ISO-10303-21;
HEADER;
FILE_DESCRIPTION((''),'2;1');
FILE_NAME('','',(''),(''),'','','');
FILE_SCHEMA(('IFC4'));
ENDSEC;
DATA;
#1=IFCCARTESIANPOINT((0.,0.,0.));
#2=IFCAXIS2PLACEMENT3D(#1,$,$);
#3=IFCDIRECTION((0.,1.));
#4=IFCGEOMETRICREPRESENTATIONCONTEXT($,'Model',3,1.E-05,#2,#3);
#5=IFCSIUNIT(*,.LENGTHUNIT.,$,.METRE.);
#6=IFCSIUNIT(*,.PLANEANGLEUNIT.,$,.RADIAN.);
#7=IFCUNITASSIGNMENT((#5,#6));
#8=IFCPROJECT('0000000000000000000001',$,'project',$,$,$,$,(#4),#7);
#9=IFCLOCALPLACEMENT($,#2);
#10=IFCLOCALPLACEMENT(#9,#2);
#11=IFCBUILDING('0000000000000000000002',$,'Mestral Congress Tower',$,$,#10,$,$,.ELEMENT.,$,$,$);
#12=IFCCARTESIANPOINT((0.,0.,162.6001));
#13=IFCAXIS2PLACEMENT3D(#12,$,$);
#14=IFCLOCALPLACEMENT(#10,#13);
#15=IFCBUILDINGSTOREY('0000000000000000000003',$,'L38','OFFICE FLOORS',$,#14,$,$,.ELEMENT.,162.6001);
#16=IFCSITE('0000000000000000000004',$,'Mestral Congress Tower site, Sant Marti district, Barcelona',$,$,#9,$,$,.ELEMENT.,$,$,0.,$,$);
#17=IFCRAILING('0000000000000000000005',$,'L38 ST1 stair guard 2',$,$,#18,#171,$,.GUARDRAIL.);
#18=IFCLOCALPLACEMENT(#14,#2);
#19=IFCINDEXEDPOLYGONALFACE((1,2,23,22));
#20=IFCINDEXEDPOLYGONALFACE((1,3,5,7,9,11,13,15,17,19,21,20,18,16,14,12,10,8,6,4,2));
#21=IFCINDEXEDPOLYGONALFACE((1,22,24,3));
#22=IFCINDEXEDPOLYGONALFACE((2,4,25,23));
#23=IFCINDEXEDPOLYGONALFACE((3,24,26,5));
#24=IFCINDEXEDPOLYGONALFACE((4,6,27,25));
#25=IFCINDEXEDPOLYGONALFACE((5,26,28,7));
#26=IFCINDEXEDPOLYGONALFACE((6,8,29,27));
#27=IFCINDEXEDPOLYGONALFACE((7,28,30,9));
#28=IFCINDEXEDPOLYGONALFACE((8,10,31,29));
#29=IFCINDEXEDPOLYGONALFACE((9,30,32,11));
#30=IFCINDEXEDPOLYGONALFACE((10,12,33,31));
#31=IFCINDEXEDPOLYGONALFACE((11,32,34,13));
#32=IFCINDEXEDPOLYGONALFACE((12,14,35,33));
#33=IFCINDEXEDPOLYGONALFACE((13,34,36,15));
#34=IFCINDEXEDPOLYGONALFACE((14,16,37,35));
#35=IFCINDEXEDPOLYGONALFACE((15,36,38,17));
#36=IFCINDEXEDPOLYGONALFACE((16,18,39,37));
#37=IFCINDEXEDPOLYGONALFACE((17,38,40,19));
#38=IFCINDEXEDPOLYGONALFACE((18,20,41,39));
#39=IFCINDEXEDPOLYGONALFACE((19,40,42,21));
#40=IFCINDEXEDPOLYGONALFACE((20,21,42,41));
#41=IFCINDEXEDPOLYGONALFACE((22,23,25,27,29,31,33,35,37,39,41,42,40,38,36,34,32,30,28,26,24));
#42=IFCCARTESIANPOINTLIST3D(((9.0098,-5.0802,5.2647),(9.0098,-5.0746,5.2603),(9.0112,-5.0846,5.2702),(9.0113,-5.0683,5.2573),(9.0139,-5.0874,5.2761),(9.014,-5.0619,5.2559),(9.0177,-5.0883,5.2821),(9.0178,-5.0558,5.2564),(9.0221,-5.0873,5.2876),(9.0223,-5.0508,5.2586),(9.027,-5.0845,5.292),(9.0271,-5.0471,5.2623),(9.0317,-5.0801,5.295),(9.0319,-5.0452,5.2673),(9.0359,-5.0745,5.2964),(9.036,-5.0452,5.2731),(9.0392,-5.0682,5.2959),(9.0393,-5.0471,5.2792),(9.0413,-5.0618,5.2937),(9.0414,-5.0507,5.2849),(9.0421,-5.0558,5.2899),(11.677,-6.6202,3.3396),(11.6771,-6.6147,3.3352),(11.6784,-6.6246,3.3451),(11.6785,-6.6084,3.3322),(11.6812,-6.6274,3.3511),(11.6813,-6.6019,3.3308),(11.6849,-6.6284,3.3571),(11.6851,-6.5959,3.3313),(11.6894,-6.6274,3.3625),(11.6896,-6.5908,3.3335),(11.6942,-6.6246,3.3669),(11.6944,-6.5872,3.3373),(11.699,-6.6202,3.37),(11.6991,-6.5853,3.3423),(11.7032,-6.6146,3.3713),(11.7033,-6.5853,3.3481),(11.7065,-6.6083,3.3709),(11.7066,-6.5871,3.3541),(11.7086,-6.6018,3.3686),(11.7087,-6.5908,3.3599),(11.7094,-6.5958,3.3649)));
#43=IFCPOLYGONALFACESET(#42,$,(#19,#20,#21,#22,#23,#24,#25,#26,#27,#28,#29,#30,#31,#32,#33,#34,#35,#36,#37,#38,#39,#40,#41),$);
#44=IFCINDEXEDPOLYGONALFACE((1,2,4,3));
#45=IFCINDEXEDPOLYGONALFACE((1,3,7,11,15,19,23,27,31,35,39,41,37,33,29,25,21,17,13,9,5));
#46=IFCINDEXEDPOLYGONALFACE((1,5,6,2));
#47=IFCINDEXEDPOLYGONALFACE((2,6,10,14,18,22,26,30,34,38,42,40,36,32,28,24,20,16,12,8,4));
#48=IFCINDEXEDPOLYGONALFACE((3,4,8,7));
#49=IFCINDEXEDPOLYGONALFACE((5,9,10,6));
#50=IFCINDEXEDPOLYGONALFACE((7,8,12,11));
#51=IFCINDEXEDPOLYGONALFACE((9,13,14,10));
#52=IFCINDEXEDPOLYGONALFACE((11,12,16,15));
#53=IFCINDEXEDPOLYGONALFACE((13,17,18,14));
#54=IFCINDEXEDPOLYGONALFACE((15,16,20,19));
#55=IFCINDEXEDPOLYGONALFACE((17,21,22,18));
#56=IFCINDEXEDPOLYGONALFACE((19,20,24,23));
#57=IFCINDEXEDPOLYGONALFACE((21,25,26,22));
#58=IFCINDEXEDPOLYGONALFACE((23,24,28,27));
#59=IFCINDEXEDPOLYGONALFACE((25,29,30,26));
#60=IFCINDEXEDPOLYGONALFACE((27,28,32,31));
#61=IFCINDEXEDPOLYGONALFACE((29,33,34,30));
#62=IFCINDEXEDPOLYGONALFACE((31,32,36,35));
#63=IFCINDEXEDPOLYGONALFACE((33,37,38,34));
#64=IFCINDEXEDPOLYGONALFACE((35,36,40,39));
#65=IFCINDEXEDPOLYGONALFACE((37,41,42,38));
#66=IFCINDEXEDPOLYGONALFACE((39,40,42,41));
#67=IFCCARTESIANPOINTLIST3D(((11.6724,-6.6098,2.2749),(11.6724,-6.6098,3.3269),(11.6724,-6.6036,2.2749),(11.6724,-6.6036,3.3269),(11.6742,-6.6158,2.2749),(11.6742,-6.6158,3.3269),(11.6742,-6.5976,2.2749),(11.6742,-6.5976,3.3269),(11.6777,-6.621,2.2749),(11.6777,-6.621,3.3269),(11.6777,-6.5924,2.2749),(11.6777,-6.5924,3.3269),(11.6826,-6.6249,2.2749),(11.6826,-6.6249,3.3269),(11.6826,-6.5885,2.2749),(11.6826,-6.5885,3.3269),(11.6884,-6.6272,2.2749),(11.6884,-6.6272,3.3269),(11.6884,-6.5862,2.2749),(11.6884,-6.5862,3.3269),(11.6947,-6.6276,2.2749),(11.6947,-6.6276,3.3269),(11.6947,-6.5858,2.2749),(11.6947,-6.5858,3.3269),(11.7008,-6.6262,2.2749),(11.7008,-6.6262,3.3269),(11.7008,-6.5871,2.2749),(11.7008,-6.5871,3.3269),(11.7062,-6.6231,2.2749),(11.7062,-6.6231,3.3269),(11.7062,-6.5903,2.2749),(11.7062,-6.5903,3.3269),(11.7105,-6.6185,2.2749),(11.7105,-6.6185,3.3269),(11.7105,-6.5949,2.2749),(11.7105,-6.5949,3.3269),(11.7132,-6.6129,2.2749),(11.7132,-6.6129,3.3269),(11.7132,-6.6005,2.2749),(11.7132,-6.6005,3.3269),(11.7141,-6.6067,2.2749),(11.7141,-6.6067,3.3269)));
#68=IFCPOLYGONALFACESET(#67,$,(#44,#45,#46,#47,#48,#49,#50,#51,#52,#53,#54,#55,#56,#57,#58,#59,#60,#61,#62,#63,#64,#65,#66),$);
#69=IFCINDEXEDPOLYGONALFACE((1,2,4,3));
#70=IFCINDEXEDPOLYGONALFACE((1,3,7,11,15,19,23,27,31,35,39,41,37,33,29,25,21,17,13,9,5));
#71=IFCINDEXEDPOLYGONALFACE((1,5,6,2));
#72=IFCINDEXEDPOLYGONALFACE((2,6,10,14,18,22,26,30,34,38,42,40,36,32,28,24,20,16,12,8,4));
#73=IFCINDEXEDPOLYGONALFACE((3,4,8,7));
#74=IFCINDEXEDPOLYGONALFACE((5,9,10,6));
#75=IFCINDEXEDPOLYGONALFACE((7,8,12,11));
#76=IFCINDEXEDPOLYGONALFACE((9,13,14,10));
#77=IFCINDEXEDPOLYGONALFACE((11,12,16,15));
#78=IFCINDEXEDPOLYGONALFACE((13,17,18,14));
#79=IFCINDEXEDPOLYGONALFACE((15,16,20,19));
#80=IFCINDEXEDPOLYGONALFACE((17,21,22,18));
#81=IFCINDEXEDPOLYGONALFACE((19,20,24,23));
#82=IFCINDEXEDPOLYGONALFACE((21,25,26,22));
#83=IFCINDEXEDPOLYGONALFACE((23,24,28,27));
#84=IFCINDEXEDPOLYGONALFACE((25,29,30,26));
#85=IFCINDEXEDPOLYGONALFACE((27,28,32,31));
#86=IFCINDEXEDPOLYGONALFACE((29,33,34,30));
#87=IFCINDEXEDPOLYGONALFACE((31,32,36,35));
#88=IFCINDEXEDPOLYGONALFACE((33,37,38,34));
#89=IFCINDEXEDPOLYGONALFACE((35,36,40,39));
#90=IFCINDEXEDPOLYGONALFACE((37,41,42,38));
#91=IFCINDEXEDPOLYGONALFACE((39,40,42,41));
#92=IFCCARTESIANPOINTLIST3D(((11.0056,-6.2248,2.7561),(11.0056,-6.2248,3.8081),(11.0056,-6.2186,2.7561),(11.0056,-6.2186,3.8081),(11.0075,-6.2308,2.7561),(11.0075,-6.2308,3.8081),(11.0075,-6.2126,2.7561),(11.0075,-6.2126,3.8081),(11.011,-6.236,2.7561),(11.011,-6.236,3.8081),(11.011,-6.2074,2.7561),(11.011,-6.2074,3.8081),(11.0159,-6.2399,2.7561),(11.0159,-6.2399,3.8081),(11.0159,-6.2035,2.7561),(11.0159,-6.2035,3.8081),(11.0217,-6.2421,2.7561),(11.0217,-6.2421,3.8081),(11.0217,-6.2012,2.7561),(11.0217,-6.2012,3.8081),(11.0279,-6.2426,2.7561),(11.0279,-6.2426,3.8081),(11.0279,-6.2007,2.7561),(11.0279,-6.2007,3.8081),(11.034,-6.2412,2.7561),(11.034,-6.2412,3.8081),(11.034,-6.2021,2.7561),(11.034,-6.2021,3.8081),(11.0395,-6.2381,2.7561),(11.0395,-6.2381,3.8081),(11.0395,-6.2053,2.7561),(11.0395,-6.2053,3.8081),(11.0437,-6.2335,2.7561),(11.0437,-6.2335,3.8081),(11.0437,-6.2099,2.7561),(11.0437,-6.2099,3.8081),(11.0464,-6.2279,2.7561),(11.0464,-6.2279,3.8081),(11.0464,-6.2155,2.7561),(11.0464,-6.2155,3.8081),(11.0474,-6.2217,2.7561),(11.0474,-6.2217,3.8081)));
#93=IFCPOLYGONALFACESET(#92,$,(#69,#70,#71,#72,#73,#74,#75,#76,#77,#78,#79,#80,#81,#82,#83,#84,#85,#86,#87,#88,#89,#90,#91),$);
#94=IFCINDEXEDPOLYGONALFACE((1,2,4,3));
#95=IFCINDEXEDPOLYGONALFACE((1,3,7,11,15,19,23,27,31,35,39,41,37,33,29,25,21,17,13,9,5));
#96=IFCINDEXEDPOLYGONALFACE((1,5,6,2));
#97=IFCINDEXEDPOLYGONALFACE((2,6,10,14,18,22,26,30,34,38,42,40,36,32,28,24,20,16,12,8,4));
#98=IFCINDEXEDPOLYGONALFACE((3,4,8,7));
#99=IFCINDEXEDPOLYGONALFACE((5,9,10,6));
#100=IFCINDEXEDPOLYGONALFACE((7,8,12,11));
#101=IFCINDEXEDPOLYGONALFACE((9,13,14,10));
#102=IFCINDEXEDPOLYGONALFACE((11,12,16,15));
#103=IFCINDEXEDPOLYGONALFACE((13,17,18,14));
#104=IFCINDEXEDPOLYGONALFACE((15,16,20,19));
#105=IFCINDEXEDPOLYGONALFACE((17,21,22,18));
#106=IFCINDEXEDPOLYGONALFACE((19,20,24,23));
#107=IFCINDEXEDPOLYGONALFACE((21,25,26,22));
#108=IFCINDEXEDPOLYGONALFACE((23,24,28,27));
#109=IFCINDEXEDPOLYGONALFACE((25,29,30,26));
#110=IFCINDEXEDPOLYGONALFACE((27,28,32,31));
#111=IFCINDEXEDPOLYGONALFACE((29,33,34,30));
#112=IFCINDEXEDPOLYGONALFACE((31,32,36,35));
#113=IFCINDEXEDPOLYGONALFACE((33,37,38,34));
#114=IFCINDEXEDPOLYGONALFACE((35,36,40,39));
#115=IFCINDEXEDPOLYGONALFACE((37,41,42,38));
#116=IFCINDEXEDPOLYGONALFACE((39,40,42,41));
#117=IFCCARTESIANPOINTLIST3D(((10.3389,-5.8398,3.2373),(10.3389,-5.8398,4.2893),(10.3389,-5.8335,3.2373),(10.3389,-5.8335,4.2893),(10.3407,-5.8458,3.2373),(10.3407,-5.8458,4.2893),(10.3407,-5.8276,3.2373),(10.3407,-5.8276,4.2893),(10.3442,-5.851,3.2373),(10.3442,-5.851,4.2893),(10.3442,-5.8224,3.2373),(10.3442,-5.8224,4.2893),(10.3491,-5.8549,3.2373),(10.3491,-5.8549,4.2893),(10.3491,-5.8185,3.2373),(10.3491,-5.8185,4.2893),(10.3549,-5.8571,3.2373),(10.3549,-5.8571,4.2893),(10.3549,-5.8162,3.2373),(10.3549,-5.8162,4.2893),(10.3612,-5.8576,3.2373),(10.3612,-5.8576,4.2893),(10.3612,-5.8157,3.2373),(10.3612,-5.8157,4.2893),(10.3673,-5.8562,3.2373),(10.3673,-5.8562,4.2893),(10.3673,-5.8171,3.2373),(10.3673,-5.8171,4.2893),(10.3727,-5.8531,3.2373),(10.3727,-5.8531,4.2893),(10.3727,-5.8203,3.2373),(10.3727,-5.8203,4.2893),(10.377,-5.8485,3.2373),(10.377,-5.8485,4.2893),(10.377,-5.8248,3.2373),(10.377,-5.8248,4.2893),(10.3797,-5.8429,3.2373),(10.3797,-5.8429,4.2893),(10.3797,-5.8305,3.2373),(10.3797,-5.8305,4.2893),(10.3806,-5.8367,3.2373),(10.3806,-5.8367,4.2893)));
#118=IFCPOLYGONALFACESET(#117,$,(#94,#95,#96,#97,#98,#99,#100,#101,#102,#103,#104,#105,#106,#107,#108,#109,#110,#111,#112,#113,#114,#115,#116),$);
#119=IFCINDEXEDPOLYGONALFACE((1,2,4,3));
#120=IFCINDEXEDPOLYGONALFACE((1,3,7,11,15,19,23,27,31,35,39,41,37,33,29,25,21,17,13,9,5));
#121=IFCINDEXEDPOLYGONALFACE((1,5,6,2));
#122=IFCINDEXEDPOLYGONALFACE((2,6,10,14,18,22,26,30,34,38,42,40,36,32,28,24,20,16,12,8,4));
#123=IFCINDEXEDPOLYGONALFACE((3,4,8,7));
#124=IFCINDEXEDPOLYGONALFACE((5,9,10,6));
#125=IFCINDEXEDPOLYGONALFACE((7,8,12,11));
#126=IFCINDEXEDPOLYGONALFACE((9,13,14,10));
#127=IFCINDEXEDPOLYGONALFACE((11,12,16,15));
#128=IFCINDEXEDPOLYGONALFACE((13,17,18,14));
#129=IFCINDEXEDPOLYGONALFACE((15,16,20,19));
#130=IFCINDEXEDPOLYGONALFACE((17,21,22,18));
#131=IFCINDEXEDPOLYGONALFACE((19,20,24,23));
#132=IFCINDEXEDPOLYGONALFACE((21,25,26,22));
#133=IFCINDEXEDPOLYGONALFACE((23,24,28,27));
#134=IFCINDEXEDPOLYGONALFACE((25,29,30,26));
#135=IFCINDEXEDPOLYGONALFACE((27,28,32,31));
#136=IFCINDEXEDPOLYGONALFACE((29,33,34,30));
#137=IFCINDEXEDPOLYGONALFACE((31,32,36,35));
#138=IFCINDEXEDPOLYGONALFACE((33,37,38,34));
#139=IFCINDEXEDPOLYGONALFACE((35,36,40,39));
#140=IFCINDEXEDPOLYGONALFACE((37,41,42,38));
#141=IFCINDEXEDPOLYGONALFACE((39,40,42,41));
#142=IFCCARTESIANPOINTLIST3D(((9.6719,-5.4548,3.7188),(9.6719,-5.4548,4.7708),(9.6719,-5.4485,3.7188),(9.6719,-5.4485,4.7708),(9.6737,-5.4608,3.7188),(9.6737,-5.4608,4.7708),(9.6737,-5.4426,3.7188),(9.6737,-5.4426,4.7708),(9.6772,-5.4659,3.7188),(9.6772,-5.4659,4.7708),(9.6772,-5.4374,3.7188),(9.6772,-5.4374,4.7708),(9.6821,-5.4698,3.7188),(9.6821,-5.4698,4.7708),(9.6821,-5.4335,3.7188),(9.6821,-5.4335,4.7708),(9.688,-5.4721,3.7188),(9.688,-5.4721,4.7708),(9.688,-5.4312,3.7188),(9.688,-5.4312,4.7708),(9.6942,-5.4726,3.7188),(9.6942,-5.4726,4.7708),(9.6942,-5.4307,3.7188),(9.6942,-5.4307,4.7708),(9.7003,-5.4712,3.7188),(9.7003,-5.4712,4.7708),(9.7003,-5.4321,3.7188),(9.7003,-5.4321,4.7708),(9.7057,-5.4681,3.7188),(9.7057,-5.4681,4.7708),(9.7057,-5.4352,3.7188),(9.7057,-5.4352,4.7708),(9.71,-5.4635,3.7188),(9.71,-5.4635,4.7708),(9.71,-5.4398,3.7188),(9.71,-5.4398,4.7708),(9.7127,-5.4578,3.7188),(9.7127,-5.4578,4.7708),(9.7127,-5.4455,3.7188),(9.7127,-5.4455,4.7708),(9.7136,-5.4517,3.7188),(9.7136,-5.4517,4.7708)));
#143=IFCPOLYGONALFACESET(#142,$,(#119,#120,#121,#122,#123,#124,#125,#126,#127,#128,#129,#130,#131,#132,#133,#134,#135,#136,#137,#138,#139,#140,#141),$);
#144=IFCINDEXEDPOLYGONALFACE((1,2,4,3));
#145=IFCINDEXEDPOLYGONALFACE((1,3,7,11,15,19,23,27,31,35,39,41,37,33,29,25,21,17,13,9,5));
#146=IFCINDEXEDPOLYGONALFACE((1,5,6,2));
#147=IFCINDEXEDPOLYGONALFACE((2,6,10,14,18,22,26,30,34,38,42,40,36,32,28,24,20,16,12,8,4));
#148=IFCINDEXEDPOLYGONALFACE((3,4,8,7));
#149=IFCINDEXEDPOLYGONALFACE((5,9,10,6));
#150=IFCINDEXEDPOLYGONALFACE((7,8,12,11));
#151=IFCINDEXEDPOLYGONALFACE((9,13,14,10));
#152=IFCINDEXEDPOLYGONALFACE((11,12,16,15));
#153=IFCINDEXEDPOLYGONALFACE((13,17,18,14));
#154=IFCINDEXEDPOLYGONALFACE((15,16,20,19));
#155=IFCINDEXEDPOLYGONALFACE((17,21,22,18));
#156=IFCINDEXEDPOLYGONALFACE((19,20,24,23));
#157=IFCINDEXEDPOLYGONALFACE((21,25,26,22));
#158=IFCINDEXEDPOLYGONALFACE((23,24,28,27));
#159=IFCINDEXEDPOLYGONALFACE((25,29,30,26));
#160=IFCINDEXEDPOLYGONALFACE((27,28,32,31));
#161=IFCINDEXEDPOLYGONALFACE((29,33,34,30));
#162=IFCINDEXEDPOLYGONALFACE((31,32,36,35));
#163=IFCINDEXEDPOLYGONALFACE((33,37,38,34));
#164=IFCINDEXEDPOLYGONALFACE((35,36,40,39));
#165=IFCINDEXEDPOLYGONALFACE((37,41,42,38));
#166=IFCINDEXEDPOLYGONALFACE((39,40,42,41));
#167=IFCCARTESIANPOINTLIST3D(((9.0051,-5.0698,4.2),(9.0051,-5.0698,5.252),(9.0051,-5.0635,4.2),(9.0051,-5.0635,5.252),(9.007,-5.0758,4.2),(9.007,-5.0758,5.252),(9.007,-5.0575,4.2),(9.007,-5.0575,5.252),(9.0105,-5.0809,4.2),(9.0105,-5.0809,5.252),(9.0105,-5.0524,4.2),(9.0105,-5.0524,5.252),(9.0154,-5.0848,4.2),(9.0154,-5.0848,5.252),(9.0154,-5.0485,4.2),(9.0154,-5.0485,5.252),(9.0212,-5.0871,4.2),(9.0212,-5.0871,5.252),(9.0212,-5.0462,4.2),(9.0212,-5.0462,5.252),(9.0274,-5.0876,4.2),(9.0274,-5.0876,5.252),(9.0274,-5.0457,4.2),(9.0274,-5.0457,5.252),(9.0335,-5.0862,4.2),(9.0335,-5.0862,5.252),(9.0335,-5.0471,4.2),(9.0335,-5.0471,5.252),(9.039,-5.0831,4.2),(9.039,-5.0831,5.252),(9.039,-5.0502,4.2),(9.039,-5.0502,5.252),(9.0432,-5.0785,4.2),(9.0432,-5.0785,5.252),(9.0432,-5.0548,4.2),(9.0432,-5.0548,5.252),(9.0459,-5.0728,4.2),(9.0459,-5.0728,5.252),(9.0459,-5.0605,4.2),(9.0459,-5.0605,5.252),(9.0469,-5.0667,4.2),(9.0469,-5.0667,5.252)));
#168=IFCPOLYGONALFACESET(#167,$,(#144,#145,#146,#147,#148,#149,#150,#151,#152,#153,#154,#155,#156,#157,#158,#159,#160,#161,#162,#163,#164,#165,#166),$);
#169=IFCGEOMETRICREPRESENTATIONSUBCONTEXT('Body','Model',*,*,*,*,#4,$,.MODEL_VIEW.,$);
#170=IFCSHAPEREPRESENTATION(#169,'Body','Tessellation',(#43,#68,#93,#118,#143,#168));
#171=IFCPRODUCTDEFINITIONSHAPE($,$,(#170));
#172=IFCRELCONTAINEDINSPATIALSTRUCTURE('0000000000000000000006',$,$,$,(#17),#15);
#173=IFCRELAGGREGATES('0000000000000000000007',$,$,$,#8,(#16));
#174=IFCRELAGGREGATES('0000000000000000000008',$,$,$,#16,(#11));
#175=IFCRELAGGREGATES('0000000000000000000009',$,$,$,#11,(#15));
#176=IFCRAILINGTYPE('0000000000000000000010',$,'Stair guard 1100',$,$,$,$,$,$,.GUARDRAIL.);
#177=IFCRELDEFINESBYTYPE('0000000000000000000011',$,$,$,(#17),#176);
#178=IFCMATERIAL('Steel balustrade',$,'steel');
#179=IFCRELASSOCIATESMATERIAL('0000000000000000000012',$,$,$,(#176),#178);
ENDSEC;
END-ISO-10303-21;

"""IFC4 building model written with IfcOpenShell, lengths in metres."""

from ifc_helpers import new_model, si_unit, direction, frame, origin, origin_2d, place, context, subcontext, project, spatial, circle, extrude, material, type_object, element, save


model = new_model("IFC4")

# Units and contexts
model_context = context("Model", 3, precision=1e-05, world=origin(), true_north=direction((0.0, 1.0)))
body_context = subcontext(model_context, "Body", "Model", "MODEL_VIEW")
ifc_project = project(units=[si_unit("LENGTHUNIT", "METRE"), si_unit("PLANEANGLEUNIT", "RADIAN")], contexts=[model_context])

# Site, building, storey
site_placement = place(None, origin())
site = spatial("IfcSite", under=ifc_project, at=site_placement, Name="Mestral Congress Tower site, Sant Marti district, Barcelona", CompositionType="ELEMENT", RefElevation=0.0)
building_placement = place(site_placement, origin())
building = spatial("IfcBuilding", under=site, at=building_placement, Name="Mestral Congress Tower", CompositionType="ELEMENT")
storey_placement = place(building_placement, frame((0.0, 0.0, 162.6001)))
storey = spatial("IfcBuildingStorey", under=building, at=storey_placement, Name="L38", Description="OFFICE FLOORS", CompositionType="ELEMENT", Elevation=162.6001)

# Railing
ifc_material_1 = material(Name="Steel balustrade", Category="steel")
railing_type_1 = type_object("IfcRailingType", Name="Stair guard 1100", PredefinedType="GUARDRAIL", material=ifc_material_1)
railing_1_placement = place(storey_placement, frame((11.6931, -6.6067, 2.2749)))
element("IfcRailing", 1, at=railing_1_placement, inside=storey, type_object=railing_type_1, Name="L38 ST1 stair guard 2", PredefinedType="GUARDRAIL", context=body_context, shape_type="SweptSolid", body=[
    extrude(circle(Radius=0.0239, at=origin_2d()), frame((0.0, 0.0, 1.0762), z_axis=(-0.734364, 0.424015, 0.530019), x_axis=(-0.500027, -0.86601, 0.0)), (0.0, 0.0, 1.0), 3.6321),
    extrude(circle(Radius=0.021, at=origin_2d()), origin(), (0.0, 0.0, 1.0), 1.052),
    extrude(circle(Radius=0.021, at=origin_2d()), frame((-0.6667, 0.385, 0.4812)), (0.0, 0.0, 1.0), 1.052),
    extrude(circle(Radius=0.021, at=origin_2d()), frame((-1.3335, 0.77, 0.9624)), (0.0, 0.0, 1.0), 1.052),
    extrude(circle(Radius=0.021, at=origin_2d()), frame((-2.0005, 1.155, 1.4438)), (0.0, 0.0, 1.0), 1.052),
    extrude(circle(Radius=0.021, at=origin_2d()), frame((-2.6672, 1.54, 1.925)), (0.0, 0.0, 1.0), 1.052),
])

save(model, "model.ifc")
